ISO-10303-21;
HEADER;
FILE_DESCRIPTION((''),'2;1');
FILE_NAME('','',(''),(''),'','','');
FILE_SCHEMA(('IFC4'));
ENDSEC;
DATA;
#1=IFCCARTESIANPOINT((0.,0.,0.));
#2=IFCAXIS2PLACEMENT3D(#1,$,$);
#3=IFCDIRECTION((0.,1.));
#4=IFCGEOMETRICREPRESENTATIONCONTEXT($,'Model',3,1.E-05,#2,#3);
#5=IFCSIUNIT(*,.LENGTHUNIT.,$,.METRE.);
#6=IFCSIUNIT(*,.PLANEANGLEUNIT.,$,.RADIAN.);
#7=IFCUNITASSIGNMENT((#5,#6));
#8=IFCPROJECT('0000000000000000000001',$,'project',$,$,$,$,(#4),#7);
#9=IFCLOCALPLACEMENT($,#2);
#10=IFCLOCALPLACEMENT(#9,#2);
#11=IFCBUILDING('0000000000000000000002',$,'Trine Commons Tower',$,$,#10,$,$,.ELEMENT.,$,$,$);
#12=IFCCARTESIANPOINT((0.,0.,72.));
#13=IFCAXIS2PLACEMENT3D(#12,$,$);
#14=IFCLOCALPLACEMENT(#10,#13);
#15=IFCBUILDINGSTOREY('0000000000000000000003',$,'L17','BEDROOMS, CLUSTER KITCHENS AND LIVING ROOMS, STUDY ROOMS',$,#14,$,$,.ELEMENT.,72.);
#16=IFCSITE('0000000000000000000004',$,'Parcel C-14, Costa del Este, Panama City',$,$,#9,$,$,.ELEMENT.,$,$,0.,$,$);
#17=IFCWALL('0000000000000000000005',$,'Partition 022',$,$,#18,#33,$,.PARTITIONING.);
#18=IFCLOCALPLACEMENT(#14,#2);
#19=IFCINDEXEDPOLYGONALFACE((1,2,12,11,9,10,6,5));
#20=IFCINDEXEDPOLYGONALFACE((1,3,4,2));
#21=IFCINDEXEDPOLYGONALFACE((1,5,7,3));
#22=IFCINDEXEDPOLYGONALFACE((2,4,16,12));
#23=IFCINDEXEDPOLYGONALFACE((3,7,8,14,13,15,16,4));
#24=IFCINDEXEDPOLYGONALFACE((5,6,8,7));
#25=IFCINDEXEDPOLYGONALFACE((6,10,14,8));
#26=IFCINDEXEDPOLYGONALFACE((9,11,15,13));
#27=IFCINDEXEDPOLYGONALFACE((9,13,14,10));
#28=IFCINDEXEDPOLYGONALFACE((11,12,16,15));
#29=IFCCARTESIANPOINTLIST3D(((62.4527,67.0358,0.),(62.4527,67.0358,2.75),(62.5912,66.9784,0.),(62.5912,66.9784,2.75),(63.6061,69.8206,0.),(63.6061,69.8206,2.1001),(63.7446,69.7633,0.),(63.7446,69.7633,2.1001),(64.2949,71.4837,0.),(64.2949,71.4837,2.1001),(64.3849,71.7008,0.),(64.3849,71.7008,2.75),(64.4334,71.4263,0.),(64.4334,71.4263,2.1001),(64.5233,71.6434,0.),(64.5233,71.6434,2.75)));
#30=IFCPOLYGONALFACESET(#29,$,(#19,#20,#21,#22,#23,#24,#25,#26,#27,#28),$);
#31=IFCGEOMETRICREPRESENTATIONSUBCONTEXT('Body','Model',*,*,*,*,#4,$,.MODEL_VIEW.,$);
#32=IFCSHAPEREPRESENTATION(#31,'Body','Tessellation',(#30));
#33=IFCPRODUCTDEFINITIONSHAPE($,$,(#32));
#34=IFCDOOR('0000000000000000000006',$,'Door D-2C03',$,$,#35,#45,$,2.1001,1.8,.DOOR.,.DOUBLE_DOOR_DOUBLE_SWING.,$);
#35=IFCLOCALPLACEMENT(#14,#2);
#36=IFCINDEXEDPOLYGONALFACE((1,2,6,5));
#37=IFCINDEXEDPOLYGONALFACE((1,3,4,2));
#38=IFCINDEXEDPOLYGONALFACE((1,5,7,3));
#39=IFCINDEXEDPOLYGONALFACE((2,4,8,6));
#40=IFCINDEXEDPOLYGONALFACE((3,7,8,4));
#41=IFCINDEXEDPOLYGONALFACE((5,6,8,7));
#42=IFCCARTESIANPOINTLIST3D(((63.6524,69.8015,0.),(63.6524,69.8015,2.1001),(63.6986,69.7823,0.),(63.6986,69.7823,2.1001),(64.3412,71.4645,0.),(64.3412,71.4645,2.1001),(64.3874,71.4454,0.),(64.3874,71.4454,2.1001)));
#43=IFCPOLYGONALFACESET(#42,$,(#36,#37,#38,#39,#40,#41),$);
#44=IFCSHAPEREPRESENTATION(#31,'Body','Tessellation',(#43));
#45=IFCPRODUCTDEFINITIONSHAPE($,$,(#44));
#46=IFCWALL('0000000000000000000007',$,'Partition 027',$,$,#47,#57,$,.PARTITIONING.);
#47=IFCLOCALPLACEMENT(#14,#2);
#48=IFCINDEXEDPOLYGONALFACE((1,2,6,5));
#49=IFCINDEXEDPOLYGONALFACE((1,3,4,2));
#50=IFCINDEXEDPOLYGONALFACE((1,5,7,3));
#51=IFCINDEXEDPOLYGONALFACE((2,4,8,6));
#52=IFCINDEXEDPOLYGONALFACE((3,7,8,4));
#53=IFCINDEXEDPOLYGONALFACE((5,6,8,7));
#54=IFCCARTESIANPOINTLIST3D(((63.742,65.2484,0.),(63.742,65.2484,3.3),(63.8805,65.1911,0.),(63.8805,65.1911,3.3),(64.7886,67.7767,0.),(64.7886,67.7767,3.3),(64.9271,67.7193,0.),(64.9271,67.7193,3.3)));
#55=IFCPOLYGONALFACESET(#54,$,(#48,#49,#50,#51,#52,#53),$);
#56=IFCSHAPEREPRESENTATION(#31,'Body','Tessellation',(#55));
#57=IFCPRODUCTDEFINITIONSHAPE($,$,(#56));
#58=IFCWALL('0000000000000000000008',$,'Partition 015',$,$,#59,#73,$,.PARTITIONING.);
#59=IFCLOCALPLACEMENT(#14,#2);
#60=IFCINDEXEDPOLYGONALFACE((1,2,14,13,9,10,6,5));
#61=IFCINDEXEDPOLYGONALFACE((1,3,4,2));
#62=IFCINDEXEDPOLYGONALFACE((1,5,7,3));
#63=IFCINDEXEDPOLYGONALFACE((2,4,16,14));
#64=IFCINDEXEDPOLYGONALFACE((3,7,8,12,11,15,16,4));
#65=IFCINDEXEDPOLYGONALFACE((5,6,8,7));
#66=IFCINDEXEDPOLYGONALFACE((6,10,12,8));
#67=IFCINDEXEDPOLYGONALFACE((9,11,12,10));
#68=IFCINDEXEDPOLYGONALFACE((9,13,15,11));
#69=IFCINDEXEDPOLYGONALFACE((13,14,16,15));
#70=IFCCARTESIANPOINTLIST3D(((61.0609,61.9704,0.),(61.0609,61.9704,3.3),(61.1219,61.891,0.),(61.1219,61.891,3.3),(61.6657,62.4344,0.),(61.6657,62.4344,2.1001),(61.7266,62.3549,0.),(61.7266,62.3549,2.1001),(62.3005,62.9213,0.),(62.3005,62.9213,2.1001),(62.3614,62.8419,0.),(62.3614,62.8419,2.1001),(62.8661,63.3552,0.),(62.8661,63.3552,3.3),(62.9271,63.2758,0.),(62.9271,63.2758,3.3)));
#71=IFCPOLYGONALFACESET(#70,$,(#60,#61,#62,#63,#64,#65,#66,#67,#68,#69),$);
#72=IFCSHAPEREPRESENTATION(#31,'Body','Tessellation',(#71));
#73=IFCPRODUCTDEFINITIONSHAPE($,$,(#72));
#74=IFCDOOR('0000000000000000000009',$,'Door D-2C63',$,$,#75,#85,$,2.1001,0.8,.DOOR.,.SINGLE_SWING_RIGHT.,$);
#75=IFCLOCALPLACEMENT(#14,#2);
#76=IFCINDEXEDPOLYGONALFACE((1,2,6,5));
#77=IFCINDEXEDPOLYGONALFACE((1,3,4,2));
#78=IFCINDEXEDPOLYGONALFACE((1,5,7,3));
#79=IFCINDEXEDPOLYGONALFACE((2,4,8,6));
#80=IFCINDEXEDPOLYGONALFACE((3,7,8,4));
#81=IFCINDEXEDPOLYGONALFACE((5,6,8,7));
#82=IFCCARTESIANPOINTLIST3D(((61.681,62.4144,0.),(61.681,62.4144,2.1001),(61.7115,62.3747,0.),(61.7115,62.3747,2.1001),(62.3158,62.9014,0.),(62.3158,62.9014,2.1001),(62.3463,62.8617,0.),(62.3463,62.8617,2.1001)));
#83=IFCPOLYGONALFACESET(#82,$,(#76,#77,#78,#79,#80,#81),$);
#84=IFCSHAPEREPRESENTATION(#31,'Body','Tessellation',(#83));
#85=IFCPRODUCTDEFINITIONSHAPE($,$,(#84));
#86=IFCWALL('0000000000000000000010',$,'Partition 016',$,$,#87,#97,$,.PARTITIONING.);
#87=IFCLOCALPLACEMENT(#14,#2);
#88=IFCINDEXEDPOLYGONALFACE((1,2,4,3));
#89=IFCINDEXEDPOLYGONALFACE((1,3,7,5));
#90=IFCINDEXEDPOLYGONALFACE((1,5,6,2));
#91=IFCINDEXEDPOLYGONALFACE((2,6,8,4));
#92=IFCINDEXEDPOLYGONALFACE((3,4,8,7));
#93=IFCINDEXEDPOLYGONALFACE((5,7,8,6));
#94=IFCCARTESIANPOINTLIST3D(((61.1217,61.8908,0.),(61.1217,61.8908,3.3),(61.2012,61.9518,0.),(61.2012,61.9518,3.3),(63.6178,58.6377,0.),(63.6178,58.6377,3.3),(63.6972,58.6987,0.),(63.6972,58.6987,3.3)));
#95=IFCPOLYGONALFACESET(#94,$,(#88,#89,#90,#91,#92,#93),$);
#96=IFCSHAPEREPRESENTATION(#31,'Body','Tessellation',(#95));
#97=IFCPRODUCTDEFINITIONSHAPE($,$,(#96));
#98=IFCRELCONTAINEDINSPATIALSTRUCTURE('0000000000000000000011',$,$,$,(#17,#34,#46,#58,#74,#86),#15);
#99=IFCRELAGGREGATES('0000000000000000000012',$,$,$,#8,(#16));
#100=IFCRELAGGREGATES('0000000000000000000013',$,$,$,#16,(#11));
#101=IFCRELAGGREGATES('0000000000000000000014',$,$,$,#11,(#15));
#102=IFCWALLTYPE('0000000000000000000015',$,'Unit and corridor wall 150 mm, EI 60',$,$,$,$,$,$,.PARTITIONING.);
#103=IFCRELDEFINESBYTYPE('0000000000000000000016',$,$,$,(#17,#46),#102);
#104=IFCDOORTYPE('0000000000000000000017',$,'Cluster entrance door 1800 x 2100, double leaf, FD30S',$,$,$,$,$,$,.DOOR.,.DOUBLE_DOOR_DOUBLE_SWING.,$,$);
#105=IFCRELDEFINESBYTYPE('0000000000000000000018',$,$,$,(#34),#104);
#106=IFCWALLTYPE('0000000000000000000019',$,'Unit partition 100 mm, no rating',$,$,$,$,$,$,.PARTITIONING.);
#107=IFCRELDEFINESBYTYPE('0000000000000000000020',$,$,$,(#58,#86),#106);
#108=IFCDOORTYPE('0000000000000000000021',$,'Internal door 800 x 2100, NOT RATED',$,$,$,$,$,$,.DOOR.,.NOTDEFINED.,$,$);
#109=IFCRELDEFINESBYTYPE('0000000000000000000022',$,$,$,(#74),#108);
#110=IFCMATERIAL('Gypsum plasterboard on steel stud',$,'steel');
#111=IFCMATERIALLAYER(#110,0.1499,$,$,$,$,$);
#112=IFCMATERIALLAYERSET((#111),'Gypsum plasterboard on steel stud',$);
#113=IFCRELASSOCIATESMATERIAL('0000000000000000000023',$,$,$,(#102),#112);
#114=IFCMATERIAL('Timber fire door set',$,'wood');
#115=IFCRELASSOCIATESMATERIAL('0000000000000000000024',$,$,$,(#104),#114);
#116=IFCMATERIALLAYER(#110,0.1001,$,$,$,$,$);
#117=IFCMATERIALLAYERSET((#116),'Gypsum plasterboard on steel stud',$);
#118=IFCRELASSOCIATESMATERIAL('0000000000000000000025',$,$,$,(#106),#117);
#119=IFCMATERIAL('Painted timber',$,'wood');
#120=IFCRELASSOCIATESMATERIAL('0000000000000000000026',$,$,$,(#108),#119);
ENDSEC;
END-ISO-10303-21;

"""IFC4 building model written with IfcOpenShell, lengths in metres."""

from ifc_helpers import new_model, si_unit, direction, frame, frame_2d, origin, place, context, subcontext, project, spatial, rectangle, extrude, material, layer, layer_set, type_object, element, fill, save


model = new_model("IFC4")

# Units and contexts
model_context = context("Model", 3, precision=1e-05, world=origin(), true_north=direction((0.0, 1.0)))
body_context = subcontext(model_context, "Body", "Model", "MODEL_VIEW")
ifc_project = project(units=[si_unit("LENGTHUNIT", "METRE"), si_unit("PLANEANGLEUNIT", "RADIAN")], contexts=[model_context])

# Site, building, storey
site_placement = place(None, origin())
site = spatial("IfcSite", under=ifc_project, at=site_placement, Name="Parcel C-14, Costa del Este, Panama City", CompositionType="ELEMENT", RefElevation=0.0)
building_placement = place(site_placement, origin())
building = spatial("IfcBuilding", under=site, at=building_placement, Name="Trine Commons Tower", CompositionType="ELEMENT")
storey_placement = place(building_placement, frame((0.0, 0.0, 72.0)))
storey = spatial("IfcBuildingStorey", under=building, at=storey_placement, Name="L17", Description="BEDROOMS, CLUSTER KITCHENS AND LIVING ROOMS, STUDY ROOMS", CompositionType="ELEMENT", Elevation=72.0)

# Shared definitions
ifc_material_1 = material(Name="Gypsum plasterboard on steel stud", Category="steel")
ifc_layer_1 = layer(ifc_material_1, 0.1499)
ifc_layer_set_1 = layer_set([ifc_layer_1], Name="Gypsum plasterboard on steel stud")
wall_type_1 = type_object("IfcWallType", Name="Unit and corridor wall 150 mm, EI 60", PredefinedType="PARTITIONING", material=ifc_layer_set_1)
ifc_material_2 = material(Name="Timber fire door set", Category="wood")

# Wall, opening, door
ifc_material_3 = material(Name="Painted timber", Category="wood")
wall_1_placement = place(storey_placement, frame((62.522, 67.0071, 0.0), z_axis=(0.0, 0.0, 1.0), x_axis=(0.382651, 0.923893, 0.0)))
wall_1 = element("IfcWall", 1, at=wall_1_placement, inside=storey, type_object=wall_type_1, Name="Partition 022", PredefinedType="PARTITIONING", context=body_context, shape_type="SweptSolid", body=[
    extrude(rectangle(XDim=5.0493, YDim=0.1499, at=frame_2d((2.5247, 0.0))), origin(), (0.0, 0.0, 1.0), 2.75),
])
opening_1_placement = place(wall_1_placement, frame((3.0144, 0.0, 0.0)))
opening_1 = element("IfcOpeningElement", 2, at=opening_1_placement, cuts=wall_1, PredefinedType="OPENING", context=body_context, shape_type="SweptSolid", body=[
    extrude(rectangle(XDim=1.8, YDim=2.1001, at=frame_2d((0.8999, 1.05))), frame((0.0, 0.085, 0.0), z_axis=(0.0, -1.0, 0.0), x_axis=(1.0, 0.0, 0.0)), (0.0, 0.0, 1.0), 0.1699),
])
door_type_1 = type_object("IfcDoorType", Name="Cluster entrance door 1800 x 2100, double leaf, FD30S", OperationType="DOUBLE_DOOR_DOUBLE_SWING", PredefinedType="DOOR", material=ifc_material_2)
door_1_placement = place(opening_1_placement, origin())
door_1 = element("IfcDoor", 3, at=door_1_placement, inside=storey, type_object=door_type_1, Name="Door D-2C03", OperationType="DOUBLE_DOOR_DOUBLE_SWING", OverallHeight=2.1001, OverallWidth=1.8, PredefinedType="DOOR", context=body_context, shape_type="SweptSolid", body=[
    extrude(rectangle(XDim=1.8, YDim=2.1001, at=frame_2d((0.8999, 1.05))), frame((0.0, 0.0249, 0.0), z_axis=(0.0, -1.0, 0.0), x_axis=(1.0, 0.0, 0.0)), (0.0, 0.0, 1.0), 0.05),
])
fill(opening_1, door_1)

# Wall
wall_2_placement = place(storey_placement, frame((63.8113, 65.2197, 0.0), z_axis=(0.0, 0.0, 1.0), x_axis=(0.382486, 0.923961, 0.0)))
element("IfcWall", 4, at=wall_2_placement, inside=storey, type_object=wall_type_1, Name="Partition 027", PredefinedType="PARTITIONING", context=body_context, shape_type="SweptSolid", body=[
    extrude(rectangle(XDim=2.7363, YDim=0.1499, at=frame_2d((1.3682, 0.0))), origin(), (0.0, 0.0, 1.0), 3.3),
])

# Wall, opening, door
ifc_layer_2 = layer(ifc_material_1, 0.1001)
ifc_layer_set_2 = layer_set([ifc_layer_2], Name="Gypsum plasterboard on steel stud")
wall_type_2 = type_object("IfcWallType", Name="Unit partition 100 mm, no rating", PredefinedType="PARTITIONING", material=ifc_layer_set_2)
wall_3_placement = place(storey_placement, frame((61.0913, 61.9307, 0.0), z_axis=(0.0, 0.0, 1.0), x_axis=(0.793437, 0.608652, 0.0)))
wall_3 = element("IfcWall", 5, at=wall_3_placement, inside=storey, type_object=wall_type_2, Name="Partition 015", PredefinedType="PARTITIONING", context=body_context, shape_type="SweptSolid", body=[
    extrude(rectangle(XDim=2.2751, YDim=0.1001, at=frame_2d((1.1377, 0.0))), origin(), (0.0, 0.0, 1.0), 3.3),
])
opening_2_placement = place(wall_3_placement, frame((0.7625, 0.0, 0.0)))
opening_2 = element("IfcOpeningElement", 6, at=opening_2_placement, cuts=wall_3, PredefinedType="OPENING", context=body_context, shape_type="SweptSolid", body=[
    extrude(rectangle(XDim=0.8, YDim=2.1001, at=frame_2d((0.3999, 1.05))), frame((0.0, 0.0601, 0.0), z_axis=(0.0, -1.0, 0.0), x_axis=(1.0, 0.0, 0.0)), (0.0, 0.0, 1.0), 0.1201),
])
door_type_2 = type_object("IfcDoorType", Name="Internal door 800 x 2100, NOT RATED", OperationType="NOTDEFINED", PredefinedType="DOOR", material=ifc_material_3)
door_2_placement = place(opening_2_placement, origin())
door_2 = element("IfcDoor", 7, at=door_2_placement, inside=storey, type_object=door_type_2, Name="Door D-2C63", OperationType="SINGLE_SWING_RIGHT", OverallHeight=2.1001, OverallWidth=0.8, PredefinedType="DOOR", context=body_context, shape_type="SweptSolid", body=[
    extrude(rectangle(XDim=0.8, YDim=2.1001, at=frame_2d((0.3999, 1.05))), frame((0.0, 0.0249, 0.0), z_axis=(0.0, -1.0, 0.0), x_axis=(1.0, 0.0, 0.0)), (0.0, 0.0, 1.0), 0.05),
])
fill(opening_2, door_2)

# Wall
wall_4_placement = place(storey_placement, frame((61.1614, 61.9214, 0.0), z_axis=(0.0, 0.0, 1.0), x_axis=(0.608738, -0.793372, 0.0)))
element("IfcWall", 8, at=wall_4_placement, inside=storey, type_object=wall_type_2, Name="Partition 016", PredefinedType="PARTITIONING", context=body_context, shape_type="SweptSolid", body=[
    extrude(rectangle(XDim=4.1003, YDim=0.1001, at=frame_2d((2.0503, 0.0))), origin(), (0.0, 0.0, 1.0), 3.3),
])

save(model, "model.ifc")
